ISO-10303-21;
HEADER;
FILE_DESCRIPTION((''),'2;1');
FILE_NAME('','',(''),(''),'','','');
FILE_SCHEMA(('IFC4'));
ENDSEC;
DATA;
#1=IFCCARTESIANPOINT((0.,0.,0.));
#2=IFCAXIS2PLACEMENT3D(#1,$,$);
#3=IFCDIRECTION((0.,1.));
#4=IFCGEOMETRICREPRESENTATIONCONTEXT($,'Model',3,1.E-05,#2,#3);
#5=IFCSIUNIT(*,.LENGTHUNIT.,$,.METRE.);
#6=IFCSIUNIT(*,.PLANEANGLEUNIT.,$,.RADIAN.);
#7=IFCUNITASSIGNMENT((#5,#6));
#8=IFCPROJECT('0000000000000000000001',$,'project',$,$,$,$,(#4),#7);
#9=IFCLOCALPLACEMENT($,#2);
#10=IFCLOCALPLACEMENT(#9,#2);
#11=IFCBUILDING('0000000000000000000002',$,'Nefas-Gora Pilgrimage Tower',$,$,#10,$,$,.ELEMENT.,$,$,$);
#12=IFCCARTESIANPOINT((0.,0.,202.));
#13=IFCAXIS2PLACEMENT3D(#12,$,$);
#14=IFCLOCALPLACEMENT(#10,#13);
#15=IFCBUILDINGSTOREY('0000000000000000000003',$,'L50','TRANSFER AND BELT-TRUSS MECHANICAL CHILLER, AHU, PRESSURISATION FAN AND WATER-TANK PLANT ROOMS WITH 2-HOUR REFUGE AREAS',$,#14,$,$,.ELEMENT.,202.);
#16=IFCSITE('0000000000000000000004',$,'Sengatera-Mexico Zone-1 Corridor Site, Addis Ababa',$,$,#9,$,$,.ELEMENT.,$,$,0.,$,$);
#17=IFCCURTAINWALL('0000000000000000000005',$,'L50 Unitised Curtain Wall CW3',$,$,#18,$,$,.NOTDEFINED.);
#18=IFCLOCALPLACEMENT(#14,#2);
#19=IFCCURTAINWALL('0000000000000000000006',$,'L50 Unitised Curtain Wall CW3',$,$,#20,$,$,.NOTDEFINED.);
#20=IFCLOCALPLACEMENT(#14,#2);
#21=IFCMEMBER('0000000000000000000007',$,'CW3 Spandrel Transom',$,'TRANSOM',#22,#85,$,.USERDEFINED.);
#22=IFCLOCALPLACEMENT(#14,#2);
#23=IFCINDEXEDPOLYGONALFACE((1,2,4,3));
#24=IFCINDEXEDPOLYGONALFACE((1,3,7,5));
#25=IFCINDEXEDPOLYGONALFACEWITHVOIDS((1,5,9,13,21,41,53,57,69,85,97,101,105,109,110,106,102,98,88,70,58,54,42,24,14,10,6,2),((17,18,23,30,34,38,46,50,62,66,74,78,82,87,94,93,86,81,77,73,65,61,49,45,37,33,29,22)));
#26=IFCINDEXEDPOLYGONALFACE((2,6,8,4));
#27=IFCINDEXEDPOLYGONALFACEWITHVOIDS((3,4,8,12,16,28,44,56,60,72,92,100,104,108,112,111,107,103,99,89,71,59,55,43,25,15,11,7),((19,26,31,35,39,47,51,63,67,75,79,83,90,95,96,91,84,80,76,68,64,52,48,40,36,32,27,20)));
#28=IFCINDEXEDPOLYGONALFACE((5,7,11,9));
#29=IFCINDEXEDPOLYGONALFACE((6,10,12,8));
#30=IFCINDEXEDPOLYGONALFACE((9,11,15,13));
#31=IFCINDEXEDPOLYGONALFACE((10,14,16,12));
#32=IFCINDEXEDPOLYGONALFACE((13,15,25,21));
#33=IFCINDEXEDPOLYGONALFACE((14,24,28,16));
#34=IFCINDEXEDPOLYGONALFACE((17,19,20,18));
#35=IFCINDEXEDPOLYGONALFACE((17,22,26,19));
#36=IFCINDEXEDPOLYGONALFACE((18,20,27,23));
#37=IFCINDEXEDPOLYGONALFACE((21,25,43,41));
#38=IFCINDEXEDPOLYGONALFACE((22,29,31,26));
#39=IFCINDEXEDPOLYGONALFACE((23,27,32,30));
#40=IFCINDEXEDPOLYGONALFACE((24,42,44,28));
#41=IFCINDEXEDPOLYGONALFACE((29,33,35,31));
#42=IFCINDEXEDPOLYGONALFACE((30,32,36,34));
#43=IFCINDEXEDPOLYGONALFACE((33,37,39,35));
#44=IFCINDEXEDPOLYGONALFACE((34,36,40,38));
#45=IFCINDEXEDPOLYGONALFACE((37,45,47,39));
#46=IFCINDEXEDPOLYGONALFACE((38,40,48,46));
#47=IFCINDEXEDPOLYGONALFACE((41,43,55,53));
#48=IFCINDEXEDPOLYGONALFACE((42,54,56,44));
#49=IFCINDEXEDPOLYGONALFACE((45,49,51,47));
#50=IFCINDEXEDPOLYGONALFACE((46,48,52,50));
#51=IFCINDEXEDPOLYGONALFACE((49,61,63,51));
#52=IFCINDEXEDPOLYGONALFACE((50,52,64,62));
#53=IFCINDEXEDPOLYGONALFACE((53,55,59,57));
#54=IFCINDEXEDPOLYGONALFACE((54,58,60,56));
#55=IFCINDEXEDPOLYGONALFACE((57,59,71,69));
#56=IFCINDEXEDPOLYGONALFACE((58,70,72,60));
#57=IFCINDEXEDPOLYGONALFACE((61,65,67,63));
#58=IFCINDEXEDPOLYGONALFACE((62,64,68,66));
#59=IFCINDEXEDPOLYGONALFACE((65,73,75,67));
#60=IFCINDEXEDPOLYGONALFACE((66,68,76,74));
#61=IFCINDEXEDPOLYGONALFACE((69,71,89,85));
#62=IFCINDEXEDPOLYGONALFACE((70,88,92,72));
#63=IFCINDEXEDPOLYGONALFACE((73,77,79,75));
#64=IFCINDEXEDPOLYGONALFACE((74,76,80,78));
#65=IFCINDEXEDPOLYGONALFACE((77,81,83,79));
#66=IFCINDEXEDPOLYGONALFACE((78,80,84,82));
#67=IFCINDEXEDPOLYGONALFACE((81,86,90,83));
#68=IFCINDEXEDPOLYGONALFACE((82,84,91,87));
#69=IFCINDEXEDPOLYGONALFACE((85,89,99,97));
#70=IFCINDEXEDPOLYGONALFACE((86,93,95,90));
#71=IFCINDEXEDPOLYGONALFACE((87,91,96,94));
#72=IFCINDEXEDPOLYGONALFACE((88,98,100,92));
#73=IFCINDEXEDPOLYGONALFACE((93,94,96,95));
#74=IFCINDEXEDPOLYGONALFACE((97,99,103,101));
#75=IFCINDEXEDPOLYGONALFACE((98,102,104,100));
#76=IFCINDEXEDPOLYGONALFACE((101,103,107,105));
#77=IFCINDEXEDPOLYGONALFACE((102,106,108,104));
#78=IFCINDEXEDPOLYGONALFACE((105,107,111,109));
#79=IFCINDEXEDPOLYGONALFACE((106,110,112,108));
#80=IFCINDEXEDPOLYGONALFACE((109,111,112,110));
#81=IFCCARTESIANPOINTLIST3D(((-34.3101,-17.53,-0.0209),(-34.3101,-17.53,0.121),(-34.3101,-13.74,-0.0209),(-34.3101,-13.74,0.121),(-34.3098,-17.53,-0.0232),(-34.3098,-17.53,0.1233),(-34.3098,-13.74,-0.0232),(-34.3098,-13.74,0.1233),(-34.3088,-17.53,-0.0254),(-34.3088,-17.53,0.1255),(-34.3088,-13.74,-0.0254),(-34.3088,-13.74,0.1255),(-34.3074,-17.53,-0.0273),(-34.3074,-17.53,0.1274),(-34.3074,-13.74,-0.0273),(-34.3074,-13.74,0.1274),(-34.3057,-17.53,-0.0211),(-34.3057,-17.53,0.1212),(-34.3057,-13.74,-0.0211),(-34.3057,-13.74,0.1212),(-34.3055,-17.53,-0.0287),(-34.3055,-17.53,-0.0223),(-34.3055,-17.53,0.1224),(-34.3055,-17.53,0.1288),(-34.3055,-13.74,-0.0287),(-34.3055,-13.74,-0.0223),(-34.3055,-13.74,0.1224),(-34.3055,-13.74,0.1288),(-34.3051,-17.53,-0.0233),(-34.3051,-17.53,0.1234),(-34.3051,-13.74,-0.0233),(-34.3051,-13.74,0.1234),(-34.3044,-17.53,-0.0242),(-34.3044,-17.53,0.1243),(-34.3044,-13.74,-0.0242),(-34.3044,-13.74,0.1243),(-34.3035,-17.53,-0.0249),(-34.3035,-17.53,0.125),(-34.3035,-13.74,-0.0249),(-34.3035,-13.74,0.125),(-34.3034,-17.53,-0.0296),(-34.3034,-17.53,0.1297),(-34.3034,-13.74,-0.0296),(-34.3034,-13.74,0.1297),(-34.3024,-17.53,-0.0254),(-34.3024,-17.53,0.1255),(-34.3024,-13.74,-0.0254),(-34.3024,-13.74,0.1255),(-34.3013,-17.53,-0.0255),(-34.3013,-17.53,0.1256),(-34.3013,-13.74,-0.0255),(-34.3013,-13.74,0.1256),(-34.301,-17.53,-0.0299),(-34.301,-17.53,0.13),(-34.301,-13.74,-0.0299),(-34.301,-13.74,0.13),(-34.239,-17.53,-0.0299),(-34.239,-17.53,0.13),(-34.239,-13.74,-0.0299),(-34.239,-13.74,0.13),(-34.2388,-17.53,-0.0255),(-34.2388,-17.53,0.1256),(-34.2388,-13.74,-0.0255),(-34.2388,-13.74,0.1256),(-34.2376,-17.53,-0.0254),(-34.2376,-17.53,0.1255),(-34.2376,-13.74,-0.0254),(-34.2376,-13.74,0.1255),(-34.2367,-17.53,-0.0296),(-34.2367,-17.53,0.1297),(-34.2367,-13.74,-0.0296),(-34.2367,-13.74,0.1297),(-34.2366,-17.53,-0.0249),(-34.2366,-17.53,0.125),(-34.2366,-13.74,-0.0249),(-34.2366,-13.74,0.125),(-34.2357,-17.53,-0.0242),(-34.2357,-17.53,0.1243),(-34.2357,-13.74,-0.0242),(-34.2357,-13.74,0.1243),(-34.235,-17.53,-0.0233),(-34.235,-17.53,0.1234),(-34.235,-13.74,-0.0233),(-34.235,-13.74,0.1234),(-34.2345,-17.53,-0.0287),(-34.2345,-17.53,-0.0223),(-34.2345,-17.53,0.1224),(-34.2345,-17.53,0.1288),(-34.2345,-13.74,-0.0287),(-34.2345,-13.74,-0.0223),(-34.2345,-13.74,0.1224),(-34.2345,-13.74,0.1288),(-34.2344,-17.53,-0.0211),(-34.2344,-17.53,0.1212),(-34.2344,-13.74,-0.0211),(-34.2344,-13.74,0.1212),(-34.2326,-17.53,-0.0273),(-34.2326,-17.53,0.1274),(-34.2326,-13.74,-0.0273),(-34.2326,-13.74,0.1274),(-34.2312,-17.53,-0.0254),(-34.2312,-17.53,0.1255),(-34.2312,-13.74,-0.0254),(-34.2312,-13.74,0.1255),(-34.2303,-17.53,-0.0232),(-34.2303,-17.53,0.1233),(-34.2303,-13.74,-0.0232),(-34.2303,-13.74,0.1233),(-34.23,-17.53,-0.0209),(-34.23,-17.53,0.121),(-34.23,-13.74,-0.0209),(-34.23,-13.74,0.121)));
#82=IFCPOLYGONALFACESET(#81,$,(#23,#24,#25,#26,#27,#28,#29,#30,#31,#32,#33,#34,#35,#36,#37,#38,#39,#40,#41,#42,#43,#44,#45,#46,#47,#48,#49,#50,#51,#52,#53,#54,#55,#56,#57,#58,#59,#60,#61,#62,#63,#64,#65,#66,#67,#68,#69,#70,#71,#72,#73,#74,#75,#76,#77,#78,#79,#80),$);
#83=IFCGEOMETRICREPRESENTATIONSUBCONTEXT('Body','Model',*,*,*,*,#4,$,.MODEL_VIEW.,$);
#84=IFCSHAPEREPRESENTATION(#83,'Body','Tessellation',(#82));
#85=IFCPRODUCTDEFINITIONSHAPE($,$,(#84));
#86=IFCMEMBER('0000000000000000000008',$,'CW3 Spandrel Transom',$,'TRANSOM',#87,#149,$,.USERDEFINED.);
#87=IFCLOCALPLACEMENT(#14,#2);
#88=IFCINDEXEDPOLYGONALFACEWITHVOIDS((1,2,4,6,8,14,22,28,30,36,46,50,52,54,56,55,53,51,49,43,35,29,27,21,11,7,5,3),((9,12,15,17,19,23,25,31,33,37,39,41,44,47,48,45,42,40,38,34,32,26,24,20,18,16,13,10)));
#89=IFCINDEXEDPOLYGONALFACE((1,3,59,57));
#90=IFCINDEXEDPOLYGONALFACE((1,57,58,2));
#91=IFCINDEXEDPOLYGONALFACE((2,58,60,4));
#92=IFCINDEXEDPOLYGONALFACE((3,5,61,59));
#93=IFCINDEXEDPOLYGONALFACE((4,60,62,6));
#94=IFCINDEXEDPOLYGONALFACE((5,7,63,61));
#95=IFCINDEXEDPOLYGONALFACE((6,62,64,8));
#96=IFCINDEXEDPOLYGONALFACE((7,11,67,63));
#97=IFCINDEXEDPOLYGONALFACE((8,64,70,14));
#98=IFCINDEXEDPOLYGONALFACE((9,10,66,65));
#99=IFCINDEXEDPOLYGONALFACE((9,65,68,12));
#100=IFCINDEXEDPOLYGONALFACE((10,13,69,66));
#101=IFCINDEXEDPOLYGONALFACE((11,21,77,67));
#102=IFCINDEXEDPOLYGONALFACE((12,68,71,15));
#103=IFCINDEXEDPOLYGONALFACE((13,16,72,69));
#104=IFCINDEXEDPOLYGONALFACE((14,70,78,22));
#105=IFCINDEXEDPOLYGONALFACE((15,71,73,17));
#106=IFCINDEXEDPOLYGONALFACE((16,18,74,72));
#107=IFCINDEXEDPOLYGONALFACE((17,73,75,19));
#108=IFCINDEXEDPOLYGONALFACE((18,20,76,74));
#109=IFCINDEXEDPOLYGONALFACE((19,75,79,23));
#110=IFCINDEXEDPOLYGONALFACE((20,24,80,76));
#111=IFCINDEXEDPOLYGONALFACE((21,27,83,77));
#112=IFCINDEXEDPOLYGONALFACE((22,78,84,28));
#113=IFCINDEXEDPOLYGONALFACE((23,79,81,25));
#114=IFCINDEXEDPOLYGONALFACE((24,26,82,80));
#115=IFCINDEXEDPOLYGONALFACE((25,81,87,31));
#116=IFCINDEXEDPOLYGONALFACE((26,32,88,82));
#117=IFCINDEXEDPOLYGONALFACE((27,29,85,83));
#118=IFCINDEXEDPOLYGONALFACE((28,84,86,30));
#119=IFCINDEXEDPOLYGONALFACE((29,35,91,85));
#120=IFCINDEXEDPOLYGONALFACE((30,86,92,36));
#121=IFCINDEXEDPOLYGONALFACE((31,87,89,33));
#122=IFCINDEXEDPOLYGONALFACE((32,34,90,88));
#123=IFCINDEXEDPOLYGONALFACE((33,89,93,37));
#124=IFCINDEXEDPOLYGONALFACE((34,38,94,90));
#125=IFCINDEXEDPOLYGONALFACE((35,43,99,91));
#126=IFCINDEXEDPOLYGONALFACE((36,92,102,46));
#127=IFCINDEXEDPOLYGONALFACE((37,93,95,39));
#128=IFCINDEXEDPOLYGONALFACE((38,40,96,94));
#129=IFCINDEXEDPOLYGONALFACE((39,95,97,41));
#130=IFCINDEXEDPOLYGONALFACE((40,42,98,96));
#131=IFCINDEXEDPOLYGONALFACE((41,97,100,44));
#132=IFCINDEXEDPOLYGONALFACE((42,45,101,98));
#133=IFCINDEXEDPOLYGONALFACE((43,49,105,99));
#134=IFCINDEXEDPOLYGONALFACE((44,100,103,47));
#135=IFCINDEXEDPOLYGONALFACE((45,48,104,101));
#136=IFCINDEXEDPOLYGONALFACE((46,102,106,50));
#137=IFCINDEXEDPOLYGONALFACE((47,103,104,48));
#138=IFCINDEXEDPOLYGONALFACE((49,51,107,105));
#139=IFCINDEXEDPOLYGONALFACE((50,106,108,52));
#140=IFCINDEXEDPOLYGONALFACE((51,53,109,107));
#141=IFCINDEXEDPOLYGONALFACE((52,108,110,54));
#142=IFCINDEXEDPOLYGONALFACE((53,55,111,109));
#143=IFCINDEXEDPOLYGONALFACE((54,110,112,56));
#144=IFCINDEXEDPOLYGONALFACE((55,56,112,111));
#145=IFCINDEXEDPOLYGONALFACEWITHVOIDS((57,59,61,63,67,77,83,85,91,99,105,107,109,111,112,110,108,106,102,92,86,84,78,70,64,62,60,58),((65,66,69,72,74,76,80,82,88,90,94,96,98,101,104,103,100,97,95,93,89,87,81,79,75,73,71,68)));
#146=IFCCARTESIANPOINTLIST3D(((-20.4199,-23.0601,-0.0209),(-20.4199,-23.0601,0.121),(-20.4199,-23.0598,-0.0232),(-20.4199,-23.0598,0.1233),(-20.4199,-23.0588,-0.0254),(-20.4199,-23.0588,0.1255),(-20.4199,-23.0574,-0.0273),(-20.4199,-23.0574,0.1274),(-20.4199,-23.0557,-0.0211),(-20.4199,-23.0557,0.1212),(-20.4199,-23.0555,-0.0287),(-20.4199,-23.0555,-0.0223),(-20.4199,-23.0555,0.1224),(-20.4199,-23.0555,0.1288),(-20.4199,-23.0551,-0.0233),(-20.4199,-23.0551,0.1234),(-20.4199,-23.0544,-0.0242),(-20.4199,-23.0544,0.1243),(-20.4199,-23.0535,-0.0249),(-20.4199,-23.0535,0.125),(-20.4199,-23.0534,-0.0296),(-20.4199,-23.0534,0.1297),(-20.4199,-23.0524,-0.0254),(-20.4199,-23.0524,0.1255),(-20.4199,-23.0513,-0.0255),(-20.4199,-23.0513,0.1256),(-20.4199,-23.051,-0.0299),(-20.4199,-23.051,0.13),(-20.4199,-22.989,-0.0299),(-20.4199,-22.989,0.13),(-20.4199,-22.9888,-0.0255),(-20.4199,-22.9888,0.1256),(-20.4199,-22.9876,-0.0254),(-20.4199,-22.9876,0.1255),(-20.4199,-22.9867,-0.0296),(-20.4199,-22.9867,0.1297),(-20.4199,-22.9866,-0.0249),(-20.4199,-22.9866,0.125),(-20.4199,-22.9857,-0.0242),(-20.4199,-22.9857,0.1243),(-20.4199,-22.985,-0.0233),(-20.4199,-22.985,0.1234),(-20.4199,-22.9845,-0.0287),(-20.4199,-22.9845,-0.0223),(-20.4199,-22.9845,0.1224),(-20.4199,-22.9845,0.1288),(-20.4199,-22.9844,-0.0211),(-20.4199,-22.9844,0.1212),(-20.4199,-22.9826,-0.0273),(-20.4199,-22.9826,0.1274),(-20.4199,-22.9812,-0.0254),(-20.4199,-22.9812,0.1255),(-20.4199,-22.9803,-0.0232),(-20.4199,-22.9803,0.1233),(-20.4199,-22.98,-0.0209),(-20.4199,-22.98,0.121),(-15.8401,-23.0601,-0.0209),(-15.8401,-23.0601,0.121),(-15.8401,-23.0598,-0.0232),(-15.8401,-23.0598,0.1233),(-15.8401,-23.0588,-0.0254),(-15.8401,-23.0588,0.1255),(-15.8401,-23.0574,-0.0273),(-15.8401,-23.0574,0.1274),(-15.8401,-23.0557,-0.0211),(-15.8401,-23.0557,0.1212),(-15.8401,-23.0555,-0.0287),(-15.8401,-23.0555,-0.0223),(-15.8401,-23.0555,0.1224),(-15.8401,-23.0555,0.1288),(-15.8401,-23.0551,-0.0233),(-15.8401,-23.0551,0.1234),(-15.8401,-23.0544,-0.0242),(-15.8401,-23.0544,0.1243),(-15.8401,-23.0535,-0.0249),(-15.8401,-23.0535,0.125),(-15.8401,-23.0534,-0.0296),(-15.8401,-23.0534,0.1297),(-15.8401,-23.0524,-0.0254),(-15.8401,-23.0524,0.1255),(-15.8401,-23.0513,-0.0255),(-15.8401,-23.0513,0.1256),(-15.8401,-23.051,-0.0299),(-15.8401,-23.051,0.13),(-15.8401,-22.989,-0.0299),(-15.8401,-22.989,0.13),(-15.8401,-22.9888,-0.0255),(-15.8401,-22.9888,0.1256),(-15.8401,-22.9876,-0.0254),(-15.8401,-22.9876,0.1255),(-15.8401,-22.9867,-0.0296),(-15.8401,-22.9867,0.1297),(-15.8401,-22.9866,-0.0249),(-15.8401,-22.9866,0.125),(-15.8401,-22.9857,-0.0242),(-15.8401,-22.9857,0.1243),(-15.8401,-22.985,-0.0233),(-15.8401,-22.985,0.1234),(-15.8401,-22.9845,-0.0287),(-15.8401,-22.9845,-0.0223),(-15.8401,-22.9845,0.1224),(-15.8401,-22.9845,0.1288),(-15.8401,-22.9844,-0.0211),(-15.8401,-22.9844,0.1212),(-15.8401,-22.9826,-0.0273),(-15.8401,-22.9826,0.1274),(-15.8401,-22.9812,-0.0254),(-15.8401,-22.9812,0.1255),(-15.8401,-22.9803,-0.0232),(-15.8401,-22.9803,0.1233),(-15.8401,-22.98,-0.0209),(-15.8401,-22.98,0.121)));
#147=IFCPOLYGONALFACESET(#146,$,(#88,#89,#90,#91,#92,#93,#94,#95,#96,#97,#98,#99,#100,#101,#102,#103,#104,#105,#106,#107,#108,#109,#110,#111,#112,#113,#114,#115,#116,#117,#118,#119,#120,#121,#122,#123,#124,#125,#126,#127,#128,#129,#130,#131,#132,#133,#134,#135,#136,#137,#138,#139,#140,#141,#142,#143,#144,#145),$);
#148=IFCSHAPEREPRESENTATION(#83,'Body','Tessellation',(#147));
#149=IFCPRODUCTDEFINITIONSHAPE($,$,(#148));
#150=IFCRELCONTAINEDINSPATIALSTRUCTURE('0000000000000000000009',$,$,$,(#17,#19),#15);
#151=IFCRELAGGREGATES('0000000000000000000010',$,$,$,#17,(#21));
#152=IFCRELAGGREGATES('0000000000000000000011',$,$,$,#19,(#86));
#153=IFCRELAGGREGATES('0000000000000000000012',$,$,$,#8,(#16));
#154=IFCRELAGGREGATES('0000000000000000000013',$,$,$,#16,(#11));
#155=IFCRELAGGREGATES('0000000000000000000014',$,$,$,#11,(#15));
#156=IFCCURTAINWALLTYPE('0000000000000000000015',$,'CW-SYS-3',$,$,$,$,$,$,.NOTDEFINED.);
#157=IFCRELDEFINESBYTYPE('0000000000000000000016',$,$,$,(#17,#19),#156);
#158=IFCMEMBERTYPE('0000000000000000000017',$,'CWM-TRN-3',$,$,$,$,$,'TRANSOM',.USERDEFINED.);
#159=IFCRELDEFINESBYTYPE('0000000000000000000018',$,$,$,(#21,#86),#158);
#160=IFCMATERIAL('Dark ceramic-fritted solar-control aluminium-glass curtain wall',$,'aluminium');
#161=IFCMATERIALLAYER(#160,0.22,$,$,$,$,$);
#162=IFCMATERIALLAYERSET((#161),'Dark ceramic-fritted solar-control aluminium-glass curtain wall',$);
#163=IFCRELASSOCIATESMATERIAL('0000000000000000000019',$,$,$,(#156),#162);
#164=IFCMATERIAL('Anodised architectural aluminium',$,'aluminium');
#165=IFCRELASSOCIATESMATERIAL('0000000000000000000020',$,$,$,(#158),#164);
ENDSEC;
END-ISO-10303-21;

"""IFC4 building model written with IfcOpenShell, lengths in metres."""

from ifc_helpers import new_model, si_unit, direction, frame, origin, origin_2d, place, context, subcontext, project, spatial, hollow_rectangle, extrude, source, transform, mapped, material, layer, layer_set, material_profile, profile_set, type_object, element, aggregate, save


model = new_model("IFC4")

# Units and contexts
model_context = context("Model", 3, precision=1e-05, world=origin(), true_north=direction((0.0, 1.0)))
body_context = subcontext(model_context, "Body", "Model", "MODEL_VIEW")
ifc_project = project(units=[si_unit("LENGTHUNIT", "METRE"), si_unit("PLANEANGLEUNIT", "RADIAN")], contexts=[model_context])

# Site, building, storey
site_placement = place(None, origin())
site = spatial("IfcSite", under=ifc_project, at=site_placement, Name="Sengatera-Mexico Zone-1 Corridor Site, Addis Ababa", CompositionType="ELEMENT", RefElevation=0.0)
building_placement = place(site_placement, origin())
building = spatial("IfcBuilding", under=site, at=building_placement, Name="Nefas-Gora Pilgrimage Tower", CompositionType="ELEMENT")
storey_placement = place(building_placement, frame((0.0, 0.0, 202.0)))
storey = spatial("IfcBuildingStorey", under=building, at=storey_placement, Name="L50", Description="TRANSFER AND BELT-TRUSS MECHANICAL CHILLER, AHU, PRESSURISATION FAN AND WATER-TANK PLANT ROOMS WITH 2-HOUR REFUGE AREAS", CompositionType="ELEMENT", Elevation=202.0)

# Curtain walls
ifc_material_1 = material(Name="Dark ceramic-fritted solar-control aluminium-glass curtain wall", Category="aluminium")
ifc_layer_1 = layer(ifc_material_1, 0.22)
ifc_layer_set_1 = layer_set([ifc_layer_1], Name="Dark ceramic-fritted solar-control aluminium-glass curtain wall")
curtain_wall_type = type_object("IfcCurtainWallType", Name="CW-SYS-3", PredefinedType="NOTDEFINED", material=ifc_layer_set_1)
curtain_wall_1_placement = place(storey_placement, origin())
curtain_wall_1 = element("IfcCurtainWall", 1, at=curtain_wall_1_placement, inside=storey, type_object=curtain_wall_type, Name="L50 Unitised Curtain Wall CW3", PredefinedType="NOTDEFINED")
ifc_material_2 = material(Name="Anodised architectural aluminium", Category="aluminium")
curtain_wall_2_placement = place(storey_placement, origin())
curtain_wall_2 = element("IfcCurtainWall", 2, at=curtain_wall_2_placement, inside=storey, type_object=curtain_wall_type, Name="L50 Unitised Curtain Wall CW3", PredefinedType="NOTDEFINED")

# Members
ifc_material_profile_1 = material_profile(ifc_material_2, hollow_rectangle(XDim=0.0801, YDim=0.1599, WallThickness=0.0044, InnerFilletRadius=0.0044, OuterFilletRadius=0.009, at=origin_2d()), Name="ALU TRANSOM 80x160")
ifc_profile_set_1 = profile_set([ifc_material_profile_1], Name="Anodised architectural aluminium")
member_type_1 = type_object("IfcMemberType", Name="CWM-TRN-3", ElementType="TRANSOM", PredefinedType="USERDEFINED", material=ifc_profile_set_1)
shared_shape_1 = source(origin(), body_context, "Body", "SweptSolid", [
    extrude(hollow_rectangle(XDim=0.0801, YDim=0.1599, WallThickness=0.0044, InnerFilletRadius=0.0044, OuterFilletRadius=0.009, at=origin_2d()), origin(), (0.0, 0.0, 1.0), 3.79),
])
member_1_placement = place(storey_placement, frame((-34.27, -13.74, 0.05), z_axis=(0.0, -1.0, 0.0), x_axis=(1.0, 0.0, 0.0)))
member_1 = element("IfcMember", 3, at=member_1_placement, type_object=member_type_1, Name="CW3 Spandrel Transom", ObjectType="TRANSOM", PredefinedType="USERDEFINED", context=body_context, shape_type="MappedRepresentation", body=[
    mapped(shared_shape_1, transform((0.0, 0.0, 0.0), x_axis=(1.0, 0.0, 0.0), y_axis=(0.0, 1.0, 0.0), z_axis=(0.0, 0.0, 1.0), scale=1.0)),
])
shared_shape_2 = source(origin(), body_context, "Body", "SweptSolid", [
    extrude(hollow_rectangle(XDim=0.0801, YDim=0.1599, WallThickness=0.0044, InnerFilletRadius=0.0044, OuterFilletRadius=0.009, at=origin_2d()), origin(), (0.0, 0.0, 1.0), 4.5798),
])
member_2_placement = place(storey_placement, frame((-20.4199, -23.02, 0.05), z_axis=(1.0, 0.0, 0.0), x_axis=(0.0, 1.0, 0.0)))
member_2 = element("IfcMember", 4, at=member_2_placement, type_object=member_type_1, Name="CW3 Spandrel Transom", ObjectType="TRANSOM", PredefinedType="USERDEFINED", context=body_context, shape_type="MappedRepresentation", body=[
    mapped(shared_shape_2, transform((0.0, 0.0, 0.0), x_axis=(1.0, 0.0, 0.0), y_axis=(0.0, 1.0, 0.0), z_axis=(0.0, 0.0, 1.0), scale=1.0)),
])

aggregate(curtain_wall_1, [member_1])
aggregate(curtain_wall_2, [member_2])

save(model, "model.ifc")
